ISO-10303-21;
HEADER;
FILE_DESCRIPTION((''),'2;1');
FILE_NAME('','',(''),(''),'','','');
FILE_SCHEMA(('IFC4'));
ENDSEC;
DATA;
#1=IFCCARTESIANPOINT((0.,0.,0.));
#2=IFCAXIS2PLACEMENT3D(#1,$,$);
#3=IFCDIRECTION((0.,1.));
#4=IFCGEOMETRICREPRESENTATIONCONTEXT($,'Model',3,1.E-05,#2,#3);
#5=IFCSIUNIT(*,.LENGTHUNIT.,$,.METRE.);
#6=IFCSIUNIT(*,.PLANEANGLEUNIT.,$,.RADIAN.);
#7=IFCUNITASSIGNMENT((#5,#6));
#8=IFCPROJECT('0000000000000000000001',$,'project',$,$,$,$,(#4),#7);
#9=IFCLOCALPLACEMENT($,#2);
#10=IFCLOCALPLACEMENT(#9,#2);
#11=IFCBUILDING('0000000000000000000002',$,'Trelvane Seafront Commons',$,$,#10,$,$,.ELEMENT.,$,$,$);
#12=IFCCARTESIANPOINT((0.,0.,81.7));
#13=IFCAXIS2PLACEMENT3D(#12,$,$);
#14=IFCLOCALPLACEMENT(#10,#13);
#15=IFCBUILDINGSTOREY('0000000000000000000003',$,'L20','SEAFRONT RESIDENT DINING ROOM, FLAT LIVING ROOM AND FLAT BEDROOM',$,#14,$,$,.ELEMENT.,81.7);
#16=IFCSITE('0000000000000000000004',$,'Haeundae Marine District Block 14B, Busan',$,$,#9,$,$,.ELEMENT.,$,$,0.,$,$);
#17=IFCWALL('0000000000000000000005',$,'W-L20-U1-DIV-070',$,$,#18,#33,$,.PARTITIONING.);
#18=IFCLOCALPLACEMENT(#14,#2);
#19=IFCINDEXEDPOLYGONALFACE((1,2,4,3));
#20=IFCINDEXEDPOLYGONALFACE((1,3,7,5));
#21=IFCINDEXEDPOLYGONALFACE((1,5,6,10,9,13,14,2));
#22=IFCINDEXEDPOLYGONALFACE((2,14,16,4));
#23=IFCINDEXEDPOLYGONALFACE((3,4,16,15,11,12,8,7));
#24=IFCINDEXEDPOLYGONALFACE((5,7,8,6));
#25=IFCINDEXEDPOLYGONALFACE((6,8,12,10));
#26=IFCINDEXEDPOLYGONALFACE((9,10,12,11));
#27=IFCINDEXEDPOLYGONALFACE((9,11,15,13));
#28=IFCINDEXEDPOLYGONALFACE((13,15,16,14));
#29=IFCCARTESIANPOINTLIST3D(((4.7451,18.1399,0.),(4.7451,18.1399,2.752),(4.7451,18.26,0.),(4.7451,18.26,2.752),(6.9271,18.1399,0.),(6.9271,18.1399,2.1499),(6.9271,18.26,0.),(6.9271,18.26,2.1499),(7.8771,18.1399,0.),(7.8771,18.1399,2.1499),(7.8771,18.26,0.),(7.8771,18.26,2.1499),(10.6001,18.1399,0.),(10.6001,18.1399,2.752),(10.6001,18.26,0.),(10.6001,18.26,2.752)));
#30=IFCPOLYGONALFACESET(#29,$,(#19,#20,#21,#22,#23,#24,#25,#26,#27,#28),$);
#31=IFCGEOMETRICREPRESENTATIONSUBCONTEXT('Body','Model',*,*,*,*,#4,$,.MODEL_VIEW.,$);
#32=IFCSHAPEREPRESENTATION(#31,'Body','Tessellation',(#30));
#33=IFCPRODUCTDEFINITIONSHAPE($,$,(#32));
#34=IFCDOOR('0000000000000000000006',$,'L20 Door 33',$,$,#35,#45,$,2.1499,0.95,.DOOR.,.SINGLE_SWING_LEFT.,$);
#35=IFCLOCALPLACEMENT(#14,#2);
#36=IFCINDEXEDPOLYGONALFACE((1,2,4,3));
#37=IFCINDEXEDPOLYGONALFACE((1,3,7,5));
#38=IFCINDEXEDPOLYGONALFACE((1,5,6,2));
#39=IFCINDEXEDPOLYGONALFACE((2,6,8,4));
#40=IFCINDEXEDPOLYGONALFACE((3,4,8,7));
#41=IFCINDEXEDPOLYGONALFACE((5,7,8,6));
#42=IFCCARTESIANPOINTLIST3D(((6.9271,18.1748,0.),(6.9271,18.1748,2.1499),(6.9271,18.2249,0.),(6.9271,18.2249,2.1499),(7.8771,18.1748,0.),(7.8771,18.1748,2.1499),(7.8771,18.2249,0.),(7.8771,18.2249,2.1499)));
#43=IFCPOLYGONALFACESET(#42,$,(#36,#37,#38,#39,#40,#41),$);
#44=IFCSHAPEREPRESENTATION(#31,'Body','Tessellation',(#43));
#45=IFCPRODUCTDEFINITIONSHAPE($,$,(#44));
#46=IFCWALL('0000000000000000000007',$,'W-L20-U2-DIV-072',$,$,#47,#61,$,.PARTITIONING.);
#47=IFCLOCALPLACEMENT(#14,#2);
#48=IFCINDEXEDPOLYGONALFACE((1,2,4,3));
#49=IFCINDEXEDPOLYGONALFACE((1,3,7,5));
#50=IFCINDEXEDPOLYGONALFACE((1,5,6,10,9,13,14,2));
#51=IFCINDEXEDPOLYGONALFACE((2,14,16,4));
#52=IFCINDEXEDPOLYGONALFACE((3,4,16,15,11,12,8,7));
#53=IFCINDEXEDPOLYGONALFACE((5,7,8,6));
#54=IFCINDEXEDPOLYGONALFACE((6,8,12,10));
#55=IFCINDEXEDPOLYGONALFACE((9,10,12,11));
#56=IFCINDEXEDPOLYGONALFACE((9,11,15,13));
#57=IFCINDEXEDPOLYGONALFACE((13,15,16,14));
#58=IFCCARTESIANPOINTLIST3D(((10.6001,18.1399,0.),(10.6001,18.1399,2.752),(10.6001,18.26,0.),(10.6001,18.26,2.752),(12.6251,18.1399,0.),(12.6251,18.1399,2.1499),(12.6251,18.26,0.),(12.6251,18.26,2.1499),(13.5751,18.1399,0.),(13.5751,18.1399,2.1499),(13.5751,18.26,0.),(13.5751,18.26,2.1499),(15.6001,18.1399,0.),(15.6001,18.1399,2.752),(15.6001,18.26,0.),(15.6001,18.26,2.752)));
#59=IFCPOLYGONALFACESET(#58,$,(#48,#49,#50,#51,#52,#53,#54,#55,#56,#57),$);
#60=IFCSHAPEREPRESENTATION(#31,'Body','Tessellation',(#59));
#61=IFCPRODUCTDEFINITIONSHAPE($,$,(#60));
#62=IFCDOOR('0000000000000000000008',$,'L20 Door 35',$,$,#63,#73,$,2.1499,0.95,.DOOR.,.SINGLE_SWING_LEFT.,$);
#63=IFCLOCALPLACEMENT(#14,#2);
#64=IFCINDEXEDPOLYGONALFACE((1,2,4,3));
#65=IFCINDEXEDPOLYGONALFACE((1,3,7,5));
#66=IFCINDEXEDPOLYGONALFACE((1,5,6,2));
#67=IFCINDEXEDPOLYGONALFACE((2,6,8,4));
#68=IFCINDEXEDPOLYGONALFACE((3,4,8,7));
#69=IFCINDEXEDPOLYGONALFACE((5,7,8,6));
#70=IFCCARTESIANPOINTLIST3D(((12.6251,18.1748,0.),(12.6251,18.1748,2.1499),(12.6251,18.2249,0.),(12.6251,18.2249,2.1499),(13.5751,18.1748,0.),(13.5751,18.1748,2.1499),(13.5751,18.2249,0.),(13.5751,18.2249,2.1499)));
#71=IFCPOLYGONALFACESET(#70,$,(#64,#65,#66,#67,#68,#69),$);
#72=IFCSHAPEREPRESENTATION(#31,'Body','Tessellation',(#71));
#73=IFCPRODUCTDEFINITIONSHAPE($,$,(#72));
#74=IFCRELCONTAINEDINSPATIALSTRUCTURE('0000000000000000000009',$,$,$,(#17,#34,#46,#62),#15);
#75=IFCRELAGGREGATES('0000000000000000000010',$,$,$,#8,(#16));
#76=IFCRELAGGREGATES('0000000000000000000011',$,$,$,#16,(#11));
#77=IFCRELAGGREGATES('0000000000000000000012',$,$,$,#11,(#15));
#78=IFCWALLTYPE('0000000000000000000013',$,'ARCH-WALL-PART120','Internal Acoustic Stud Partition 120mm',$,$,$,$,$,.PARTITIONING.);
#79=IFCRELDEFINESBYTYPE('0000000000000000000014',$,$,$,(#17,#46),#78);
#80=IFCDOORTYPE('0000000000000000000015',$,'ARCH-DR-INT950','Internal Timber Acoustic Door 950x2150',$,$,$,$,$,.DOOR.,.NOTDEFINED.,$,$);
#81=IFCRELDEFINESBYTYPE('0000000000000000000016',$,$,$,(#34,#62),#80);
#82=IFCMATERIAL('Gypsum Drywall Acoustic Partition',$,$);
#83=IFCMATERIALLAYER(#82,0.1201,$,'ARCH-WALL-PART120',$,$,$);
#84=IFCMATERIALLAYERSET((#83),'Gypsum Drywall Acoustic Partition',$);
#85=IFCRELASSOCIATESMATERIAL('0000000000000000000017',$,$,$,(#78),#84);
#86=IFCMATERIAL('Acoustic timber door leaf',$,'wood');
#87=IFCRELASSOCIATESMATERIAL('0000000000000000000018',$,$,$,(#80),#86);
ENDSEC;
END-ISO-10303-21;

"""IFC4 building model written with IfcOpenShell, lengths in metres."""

from ifc_helpers import new_model, si_unit, direction, frame, frame_2d, origin, place, context, subcontext, project, spatial, rectangle, extrude, source, transform, mapped, material, layer, layer_set, type_object, element, fill, save


model = new_model("IFC4")

# Units and contexts
model_context = context("Model", 3, precision=1e-05, world=origin(), true_north=direction((0.0, 1.0)))
body_context = subcontext(model_context, "Body", "Model", "MODEL_VIEW")
ifc_project = project(units=[si_unit("LENGTHUNIT", "METRE"), si_unit("PLANEANGLEUNIT", "RADIAN")], contexts=[model_context])

# Site, building, storey
site_placement = place(None, origin())
site = spatial("IfcSite", under=ifc_project, at=site_placement, Name="Haeundae Marine District Block 14B, Busan", CompositionType="ELEMENT", RefElevation=0.0)
building_placement = place(site_placement, origin())
building = spatial("IfcBuilding", under=site, at=building_placement, Name="Trelvane Seafront Commons", CompositionType="ELEMENT")
storey_placement = place(building_placement, frame((0.0, 0.0, 81.7)))
storey = spatial("IfcBuildingStorey", under=building, at=storey_placement, Name="L20", Description="SEAFRONT RESIDENT DINING ROOM, FLAT LIVING ROOM AND FLAT BEDROOM", CompositionType="ELEMENT", Elevation=81.7)

# Walls, openings, doors
ifc_material_1 = material(Name="Gypsum Drywall Acoustic Partition")
ifc_layer_1 = layer(ifc_material_1, 0.1201, Name="ARCH-WALL-PART120")
ifc_layer_set_1 = layer_set([ifc_layer_1], Name="Gypsum Drywall Acoustic Partition")
wall_type_1 = type_object("IfcWallType", Name="ARCH-WALL-PART120", Description="Internal Acoustic Stud Partition 120mm", PredefinedType="PARTITIONING", material=ifc_layer_set_1)
wall_1_placement = place(storey_placement, frame((4.7451, 18.2, 0.0), z_axis=(0.0, 0.0, 1.0), x_axis=(1.0, 0.0, 0.0)))
wall_1 = element("IfcWall", 1, at=wall_1_placement, inside=storey, type_object=wall_type_1, Name="W-L20-U1-DIV-070", PredefinedType="PARTITIONING", context=body_context, shape_type="SweptSolid", body=[
    extrude(rectangle(XDim=5.855, YDim=0.1201, at=frame_2d((2.9275, 0.0))), origin(), (0.0, 0.0, 1.0), 2.752),
])
opening_1_placement = place(wall_1_placement, frame((2.1819, 0.0, 0.0)))
opening_1 = element("IfcOpeningElement", 2, at=opening_1_placement, cuts=wall_1, PredefinedType="OPENING", context=body_context, shape_type="SweptSolid", body=[
    extrude(rectangle(XDim=0.95, YDim=2.1499, at=frame_2d((0.4751, 1.075))), frame((0.0, 0.0701, 0.0), z_axis=(0.0, -1.0, 0.0), x_axis=(1.0, 0.0, 0.0)), (0.0, 0.0, 1.0), 0.1401),
])
ifc_material_2 = material(Name="Acoustic timber door leaf", Category="wood")
door_type = type_object("IfcDoorType", Name="ARCH-DR-INT950", Description="Internal Timber Acoustic Door 950x2150", OperationType="NOTDEFINED", PredefinedType="DOOR", material=ifc_material_2)
shared_shape_1 = source(origin(), body_context, "Body", "SweptSolid", [
    extrude(rectangle(XDim=0.95, YDim=2.1499, at=frame_2d((0.4751, 1.075))), frame((0.0, 0.0249, 0.0), z_axis=(0.0, -1.0, 0.0), x_axis=(1.0, 0.0, 0.0)), (0.0, 0.0, 1.0), 0.05),
])
door_1_placement = place(opening_1_placement, origin())
door_1 = element("IfcDoor", 3, at=door_1_placement, inside=storey, type_object=door_type, Name="L20 Door 33", OperationType="SINGLE_SWING_LEFT", OverallHeight=2.1499, OverallWidth=0.95, PredefinedType="DOOR", context=body_context, shape_type="MappedRepresentation", body=[
    mapped(shared_shape_1, transform((0.0, 0.0, 0.0), x_axis=(1.0, 0.0, 0.0), y_axis=(0.0, 1.0, 0.0), z_axis=(0.0, 0.0, 1.0), scale=1.0)),
])
fill(opening_1, door_1)
wall_2_placement = place(storey_placement, frame((10.6001, 18.2, 0.0), z_axis=(0.0, 0.0, 1.0), x_axis=(1.0, 0.0, 0.0)))
wall_2 = element("IfcWall", 4, at=wall_2_placement, inside=storey, type_object=wall_type_1, Name="W-L20-U2-DIV-072", PredefinedType="PARTITIONING", context=body_context, shape_type="SweptSolid", body=[
    extrude(rectangle(XDim=5.0, YDim=0.1201, at=frame_2d((2.5, 0.0))), origin(), (0.0, 0.0, 1.0), 2.752),
])
opening_2_placement = place(wall_2_placement, frame((2.0249, 0.0, 0.0)))
opening_2 = element("IfcOpeningElement", 5, at=opening_2_placement, cuts=wall_2, PredefinedType="OPENING", context=body_context, shape_type="SweptSolid", body=[
    extrude(rectangle(XDim=0.95, YDim=2.1499, at=frame_2d((0.4751, 1.075))), frame((0.0, 0.0701, 0.0), z_axis=(0.0, -1.0, 0.0), x_axis=(1.0, 0.0, 0.0)), (0.0, 0.0, 1.0), 0.1401),
])
door_2_placement = place(opening_2_placement, origin())
door_2 = element("IfcDoor", 6, at=door_2_placement, inside=storey, type_object=door_type, Name="L20 Door 35", OperationType="SINGLE_SWING_LEFT", OverallHeight=2.1499, OverallWidth=0.95, PredefinedType="DOOR", context=body_context, shape_type="MappedRepresentation", body=[
    mapped(shared_shape_1, transform((0.0, 0.0, 0.0), x_axis=(1.0, 0.0, 0.0), y_axis=(0.0, 1.0, 0.0), z_axis=(0.0, 0.0, 1.0), scale=1.0)),
])
fill(opening_2, door_2)

save(model, "model.ifc")
